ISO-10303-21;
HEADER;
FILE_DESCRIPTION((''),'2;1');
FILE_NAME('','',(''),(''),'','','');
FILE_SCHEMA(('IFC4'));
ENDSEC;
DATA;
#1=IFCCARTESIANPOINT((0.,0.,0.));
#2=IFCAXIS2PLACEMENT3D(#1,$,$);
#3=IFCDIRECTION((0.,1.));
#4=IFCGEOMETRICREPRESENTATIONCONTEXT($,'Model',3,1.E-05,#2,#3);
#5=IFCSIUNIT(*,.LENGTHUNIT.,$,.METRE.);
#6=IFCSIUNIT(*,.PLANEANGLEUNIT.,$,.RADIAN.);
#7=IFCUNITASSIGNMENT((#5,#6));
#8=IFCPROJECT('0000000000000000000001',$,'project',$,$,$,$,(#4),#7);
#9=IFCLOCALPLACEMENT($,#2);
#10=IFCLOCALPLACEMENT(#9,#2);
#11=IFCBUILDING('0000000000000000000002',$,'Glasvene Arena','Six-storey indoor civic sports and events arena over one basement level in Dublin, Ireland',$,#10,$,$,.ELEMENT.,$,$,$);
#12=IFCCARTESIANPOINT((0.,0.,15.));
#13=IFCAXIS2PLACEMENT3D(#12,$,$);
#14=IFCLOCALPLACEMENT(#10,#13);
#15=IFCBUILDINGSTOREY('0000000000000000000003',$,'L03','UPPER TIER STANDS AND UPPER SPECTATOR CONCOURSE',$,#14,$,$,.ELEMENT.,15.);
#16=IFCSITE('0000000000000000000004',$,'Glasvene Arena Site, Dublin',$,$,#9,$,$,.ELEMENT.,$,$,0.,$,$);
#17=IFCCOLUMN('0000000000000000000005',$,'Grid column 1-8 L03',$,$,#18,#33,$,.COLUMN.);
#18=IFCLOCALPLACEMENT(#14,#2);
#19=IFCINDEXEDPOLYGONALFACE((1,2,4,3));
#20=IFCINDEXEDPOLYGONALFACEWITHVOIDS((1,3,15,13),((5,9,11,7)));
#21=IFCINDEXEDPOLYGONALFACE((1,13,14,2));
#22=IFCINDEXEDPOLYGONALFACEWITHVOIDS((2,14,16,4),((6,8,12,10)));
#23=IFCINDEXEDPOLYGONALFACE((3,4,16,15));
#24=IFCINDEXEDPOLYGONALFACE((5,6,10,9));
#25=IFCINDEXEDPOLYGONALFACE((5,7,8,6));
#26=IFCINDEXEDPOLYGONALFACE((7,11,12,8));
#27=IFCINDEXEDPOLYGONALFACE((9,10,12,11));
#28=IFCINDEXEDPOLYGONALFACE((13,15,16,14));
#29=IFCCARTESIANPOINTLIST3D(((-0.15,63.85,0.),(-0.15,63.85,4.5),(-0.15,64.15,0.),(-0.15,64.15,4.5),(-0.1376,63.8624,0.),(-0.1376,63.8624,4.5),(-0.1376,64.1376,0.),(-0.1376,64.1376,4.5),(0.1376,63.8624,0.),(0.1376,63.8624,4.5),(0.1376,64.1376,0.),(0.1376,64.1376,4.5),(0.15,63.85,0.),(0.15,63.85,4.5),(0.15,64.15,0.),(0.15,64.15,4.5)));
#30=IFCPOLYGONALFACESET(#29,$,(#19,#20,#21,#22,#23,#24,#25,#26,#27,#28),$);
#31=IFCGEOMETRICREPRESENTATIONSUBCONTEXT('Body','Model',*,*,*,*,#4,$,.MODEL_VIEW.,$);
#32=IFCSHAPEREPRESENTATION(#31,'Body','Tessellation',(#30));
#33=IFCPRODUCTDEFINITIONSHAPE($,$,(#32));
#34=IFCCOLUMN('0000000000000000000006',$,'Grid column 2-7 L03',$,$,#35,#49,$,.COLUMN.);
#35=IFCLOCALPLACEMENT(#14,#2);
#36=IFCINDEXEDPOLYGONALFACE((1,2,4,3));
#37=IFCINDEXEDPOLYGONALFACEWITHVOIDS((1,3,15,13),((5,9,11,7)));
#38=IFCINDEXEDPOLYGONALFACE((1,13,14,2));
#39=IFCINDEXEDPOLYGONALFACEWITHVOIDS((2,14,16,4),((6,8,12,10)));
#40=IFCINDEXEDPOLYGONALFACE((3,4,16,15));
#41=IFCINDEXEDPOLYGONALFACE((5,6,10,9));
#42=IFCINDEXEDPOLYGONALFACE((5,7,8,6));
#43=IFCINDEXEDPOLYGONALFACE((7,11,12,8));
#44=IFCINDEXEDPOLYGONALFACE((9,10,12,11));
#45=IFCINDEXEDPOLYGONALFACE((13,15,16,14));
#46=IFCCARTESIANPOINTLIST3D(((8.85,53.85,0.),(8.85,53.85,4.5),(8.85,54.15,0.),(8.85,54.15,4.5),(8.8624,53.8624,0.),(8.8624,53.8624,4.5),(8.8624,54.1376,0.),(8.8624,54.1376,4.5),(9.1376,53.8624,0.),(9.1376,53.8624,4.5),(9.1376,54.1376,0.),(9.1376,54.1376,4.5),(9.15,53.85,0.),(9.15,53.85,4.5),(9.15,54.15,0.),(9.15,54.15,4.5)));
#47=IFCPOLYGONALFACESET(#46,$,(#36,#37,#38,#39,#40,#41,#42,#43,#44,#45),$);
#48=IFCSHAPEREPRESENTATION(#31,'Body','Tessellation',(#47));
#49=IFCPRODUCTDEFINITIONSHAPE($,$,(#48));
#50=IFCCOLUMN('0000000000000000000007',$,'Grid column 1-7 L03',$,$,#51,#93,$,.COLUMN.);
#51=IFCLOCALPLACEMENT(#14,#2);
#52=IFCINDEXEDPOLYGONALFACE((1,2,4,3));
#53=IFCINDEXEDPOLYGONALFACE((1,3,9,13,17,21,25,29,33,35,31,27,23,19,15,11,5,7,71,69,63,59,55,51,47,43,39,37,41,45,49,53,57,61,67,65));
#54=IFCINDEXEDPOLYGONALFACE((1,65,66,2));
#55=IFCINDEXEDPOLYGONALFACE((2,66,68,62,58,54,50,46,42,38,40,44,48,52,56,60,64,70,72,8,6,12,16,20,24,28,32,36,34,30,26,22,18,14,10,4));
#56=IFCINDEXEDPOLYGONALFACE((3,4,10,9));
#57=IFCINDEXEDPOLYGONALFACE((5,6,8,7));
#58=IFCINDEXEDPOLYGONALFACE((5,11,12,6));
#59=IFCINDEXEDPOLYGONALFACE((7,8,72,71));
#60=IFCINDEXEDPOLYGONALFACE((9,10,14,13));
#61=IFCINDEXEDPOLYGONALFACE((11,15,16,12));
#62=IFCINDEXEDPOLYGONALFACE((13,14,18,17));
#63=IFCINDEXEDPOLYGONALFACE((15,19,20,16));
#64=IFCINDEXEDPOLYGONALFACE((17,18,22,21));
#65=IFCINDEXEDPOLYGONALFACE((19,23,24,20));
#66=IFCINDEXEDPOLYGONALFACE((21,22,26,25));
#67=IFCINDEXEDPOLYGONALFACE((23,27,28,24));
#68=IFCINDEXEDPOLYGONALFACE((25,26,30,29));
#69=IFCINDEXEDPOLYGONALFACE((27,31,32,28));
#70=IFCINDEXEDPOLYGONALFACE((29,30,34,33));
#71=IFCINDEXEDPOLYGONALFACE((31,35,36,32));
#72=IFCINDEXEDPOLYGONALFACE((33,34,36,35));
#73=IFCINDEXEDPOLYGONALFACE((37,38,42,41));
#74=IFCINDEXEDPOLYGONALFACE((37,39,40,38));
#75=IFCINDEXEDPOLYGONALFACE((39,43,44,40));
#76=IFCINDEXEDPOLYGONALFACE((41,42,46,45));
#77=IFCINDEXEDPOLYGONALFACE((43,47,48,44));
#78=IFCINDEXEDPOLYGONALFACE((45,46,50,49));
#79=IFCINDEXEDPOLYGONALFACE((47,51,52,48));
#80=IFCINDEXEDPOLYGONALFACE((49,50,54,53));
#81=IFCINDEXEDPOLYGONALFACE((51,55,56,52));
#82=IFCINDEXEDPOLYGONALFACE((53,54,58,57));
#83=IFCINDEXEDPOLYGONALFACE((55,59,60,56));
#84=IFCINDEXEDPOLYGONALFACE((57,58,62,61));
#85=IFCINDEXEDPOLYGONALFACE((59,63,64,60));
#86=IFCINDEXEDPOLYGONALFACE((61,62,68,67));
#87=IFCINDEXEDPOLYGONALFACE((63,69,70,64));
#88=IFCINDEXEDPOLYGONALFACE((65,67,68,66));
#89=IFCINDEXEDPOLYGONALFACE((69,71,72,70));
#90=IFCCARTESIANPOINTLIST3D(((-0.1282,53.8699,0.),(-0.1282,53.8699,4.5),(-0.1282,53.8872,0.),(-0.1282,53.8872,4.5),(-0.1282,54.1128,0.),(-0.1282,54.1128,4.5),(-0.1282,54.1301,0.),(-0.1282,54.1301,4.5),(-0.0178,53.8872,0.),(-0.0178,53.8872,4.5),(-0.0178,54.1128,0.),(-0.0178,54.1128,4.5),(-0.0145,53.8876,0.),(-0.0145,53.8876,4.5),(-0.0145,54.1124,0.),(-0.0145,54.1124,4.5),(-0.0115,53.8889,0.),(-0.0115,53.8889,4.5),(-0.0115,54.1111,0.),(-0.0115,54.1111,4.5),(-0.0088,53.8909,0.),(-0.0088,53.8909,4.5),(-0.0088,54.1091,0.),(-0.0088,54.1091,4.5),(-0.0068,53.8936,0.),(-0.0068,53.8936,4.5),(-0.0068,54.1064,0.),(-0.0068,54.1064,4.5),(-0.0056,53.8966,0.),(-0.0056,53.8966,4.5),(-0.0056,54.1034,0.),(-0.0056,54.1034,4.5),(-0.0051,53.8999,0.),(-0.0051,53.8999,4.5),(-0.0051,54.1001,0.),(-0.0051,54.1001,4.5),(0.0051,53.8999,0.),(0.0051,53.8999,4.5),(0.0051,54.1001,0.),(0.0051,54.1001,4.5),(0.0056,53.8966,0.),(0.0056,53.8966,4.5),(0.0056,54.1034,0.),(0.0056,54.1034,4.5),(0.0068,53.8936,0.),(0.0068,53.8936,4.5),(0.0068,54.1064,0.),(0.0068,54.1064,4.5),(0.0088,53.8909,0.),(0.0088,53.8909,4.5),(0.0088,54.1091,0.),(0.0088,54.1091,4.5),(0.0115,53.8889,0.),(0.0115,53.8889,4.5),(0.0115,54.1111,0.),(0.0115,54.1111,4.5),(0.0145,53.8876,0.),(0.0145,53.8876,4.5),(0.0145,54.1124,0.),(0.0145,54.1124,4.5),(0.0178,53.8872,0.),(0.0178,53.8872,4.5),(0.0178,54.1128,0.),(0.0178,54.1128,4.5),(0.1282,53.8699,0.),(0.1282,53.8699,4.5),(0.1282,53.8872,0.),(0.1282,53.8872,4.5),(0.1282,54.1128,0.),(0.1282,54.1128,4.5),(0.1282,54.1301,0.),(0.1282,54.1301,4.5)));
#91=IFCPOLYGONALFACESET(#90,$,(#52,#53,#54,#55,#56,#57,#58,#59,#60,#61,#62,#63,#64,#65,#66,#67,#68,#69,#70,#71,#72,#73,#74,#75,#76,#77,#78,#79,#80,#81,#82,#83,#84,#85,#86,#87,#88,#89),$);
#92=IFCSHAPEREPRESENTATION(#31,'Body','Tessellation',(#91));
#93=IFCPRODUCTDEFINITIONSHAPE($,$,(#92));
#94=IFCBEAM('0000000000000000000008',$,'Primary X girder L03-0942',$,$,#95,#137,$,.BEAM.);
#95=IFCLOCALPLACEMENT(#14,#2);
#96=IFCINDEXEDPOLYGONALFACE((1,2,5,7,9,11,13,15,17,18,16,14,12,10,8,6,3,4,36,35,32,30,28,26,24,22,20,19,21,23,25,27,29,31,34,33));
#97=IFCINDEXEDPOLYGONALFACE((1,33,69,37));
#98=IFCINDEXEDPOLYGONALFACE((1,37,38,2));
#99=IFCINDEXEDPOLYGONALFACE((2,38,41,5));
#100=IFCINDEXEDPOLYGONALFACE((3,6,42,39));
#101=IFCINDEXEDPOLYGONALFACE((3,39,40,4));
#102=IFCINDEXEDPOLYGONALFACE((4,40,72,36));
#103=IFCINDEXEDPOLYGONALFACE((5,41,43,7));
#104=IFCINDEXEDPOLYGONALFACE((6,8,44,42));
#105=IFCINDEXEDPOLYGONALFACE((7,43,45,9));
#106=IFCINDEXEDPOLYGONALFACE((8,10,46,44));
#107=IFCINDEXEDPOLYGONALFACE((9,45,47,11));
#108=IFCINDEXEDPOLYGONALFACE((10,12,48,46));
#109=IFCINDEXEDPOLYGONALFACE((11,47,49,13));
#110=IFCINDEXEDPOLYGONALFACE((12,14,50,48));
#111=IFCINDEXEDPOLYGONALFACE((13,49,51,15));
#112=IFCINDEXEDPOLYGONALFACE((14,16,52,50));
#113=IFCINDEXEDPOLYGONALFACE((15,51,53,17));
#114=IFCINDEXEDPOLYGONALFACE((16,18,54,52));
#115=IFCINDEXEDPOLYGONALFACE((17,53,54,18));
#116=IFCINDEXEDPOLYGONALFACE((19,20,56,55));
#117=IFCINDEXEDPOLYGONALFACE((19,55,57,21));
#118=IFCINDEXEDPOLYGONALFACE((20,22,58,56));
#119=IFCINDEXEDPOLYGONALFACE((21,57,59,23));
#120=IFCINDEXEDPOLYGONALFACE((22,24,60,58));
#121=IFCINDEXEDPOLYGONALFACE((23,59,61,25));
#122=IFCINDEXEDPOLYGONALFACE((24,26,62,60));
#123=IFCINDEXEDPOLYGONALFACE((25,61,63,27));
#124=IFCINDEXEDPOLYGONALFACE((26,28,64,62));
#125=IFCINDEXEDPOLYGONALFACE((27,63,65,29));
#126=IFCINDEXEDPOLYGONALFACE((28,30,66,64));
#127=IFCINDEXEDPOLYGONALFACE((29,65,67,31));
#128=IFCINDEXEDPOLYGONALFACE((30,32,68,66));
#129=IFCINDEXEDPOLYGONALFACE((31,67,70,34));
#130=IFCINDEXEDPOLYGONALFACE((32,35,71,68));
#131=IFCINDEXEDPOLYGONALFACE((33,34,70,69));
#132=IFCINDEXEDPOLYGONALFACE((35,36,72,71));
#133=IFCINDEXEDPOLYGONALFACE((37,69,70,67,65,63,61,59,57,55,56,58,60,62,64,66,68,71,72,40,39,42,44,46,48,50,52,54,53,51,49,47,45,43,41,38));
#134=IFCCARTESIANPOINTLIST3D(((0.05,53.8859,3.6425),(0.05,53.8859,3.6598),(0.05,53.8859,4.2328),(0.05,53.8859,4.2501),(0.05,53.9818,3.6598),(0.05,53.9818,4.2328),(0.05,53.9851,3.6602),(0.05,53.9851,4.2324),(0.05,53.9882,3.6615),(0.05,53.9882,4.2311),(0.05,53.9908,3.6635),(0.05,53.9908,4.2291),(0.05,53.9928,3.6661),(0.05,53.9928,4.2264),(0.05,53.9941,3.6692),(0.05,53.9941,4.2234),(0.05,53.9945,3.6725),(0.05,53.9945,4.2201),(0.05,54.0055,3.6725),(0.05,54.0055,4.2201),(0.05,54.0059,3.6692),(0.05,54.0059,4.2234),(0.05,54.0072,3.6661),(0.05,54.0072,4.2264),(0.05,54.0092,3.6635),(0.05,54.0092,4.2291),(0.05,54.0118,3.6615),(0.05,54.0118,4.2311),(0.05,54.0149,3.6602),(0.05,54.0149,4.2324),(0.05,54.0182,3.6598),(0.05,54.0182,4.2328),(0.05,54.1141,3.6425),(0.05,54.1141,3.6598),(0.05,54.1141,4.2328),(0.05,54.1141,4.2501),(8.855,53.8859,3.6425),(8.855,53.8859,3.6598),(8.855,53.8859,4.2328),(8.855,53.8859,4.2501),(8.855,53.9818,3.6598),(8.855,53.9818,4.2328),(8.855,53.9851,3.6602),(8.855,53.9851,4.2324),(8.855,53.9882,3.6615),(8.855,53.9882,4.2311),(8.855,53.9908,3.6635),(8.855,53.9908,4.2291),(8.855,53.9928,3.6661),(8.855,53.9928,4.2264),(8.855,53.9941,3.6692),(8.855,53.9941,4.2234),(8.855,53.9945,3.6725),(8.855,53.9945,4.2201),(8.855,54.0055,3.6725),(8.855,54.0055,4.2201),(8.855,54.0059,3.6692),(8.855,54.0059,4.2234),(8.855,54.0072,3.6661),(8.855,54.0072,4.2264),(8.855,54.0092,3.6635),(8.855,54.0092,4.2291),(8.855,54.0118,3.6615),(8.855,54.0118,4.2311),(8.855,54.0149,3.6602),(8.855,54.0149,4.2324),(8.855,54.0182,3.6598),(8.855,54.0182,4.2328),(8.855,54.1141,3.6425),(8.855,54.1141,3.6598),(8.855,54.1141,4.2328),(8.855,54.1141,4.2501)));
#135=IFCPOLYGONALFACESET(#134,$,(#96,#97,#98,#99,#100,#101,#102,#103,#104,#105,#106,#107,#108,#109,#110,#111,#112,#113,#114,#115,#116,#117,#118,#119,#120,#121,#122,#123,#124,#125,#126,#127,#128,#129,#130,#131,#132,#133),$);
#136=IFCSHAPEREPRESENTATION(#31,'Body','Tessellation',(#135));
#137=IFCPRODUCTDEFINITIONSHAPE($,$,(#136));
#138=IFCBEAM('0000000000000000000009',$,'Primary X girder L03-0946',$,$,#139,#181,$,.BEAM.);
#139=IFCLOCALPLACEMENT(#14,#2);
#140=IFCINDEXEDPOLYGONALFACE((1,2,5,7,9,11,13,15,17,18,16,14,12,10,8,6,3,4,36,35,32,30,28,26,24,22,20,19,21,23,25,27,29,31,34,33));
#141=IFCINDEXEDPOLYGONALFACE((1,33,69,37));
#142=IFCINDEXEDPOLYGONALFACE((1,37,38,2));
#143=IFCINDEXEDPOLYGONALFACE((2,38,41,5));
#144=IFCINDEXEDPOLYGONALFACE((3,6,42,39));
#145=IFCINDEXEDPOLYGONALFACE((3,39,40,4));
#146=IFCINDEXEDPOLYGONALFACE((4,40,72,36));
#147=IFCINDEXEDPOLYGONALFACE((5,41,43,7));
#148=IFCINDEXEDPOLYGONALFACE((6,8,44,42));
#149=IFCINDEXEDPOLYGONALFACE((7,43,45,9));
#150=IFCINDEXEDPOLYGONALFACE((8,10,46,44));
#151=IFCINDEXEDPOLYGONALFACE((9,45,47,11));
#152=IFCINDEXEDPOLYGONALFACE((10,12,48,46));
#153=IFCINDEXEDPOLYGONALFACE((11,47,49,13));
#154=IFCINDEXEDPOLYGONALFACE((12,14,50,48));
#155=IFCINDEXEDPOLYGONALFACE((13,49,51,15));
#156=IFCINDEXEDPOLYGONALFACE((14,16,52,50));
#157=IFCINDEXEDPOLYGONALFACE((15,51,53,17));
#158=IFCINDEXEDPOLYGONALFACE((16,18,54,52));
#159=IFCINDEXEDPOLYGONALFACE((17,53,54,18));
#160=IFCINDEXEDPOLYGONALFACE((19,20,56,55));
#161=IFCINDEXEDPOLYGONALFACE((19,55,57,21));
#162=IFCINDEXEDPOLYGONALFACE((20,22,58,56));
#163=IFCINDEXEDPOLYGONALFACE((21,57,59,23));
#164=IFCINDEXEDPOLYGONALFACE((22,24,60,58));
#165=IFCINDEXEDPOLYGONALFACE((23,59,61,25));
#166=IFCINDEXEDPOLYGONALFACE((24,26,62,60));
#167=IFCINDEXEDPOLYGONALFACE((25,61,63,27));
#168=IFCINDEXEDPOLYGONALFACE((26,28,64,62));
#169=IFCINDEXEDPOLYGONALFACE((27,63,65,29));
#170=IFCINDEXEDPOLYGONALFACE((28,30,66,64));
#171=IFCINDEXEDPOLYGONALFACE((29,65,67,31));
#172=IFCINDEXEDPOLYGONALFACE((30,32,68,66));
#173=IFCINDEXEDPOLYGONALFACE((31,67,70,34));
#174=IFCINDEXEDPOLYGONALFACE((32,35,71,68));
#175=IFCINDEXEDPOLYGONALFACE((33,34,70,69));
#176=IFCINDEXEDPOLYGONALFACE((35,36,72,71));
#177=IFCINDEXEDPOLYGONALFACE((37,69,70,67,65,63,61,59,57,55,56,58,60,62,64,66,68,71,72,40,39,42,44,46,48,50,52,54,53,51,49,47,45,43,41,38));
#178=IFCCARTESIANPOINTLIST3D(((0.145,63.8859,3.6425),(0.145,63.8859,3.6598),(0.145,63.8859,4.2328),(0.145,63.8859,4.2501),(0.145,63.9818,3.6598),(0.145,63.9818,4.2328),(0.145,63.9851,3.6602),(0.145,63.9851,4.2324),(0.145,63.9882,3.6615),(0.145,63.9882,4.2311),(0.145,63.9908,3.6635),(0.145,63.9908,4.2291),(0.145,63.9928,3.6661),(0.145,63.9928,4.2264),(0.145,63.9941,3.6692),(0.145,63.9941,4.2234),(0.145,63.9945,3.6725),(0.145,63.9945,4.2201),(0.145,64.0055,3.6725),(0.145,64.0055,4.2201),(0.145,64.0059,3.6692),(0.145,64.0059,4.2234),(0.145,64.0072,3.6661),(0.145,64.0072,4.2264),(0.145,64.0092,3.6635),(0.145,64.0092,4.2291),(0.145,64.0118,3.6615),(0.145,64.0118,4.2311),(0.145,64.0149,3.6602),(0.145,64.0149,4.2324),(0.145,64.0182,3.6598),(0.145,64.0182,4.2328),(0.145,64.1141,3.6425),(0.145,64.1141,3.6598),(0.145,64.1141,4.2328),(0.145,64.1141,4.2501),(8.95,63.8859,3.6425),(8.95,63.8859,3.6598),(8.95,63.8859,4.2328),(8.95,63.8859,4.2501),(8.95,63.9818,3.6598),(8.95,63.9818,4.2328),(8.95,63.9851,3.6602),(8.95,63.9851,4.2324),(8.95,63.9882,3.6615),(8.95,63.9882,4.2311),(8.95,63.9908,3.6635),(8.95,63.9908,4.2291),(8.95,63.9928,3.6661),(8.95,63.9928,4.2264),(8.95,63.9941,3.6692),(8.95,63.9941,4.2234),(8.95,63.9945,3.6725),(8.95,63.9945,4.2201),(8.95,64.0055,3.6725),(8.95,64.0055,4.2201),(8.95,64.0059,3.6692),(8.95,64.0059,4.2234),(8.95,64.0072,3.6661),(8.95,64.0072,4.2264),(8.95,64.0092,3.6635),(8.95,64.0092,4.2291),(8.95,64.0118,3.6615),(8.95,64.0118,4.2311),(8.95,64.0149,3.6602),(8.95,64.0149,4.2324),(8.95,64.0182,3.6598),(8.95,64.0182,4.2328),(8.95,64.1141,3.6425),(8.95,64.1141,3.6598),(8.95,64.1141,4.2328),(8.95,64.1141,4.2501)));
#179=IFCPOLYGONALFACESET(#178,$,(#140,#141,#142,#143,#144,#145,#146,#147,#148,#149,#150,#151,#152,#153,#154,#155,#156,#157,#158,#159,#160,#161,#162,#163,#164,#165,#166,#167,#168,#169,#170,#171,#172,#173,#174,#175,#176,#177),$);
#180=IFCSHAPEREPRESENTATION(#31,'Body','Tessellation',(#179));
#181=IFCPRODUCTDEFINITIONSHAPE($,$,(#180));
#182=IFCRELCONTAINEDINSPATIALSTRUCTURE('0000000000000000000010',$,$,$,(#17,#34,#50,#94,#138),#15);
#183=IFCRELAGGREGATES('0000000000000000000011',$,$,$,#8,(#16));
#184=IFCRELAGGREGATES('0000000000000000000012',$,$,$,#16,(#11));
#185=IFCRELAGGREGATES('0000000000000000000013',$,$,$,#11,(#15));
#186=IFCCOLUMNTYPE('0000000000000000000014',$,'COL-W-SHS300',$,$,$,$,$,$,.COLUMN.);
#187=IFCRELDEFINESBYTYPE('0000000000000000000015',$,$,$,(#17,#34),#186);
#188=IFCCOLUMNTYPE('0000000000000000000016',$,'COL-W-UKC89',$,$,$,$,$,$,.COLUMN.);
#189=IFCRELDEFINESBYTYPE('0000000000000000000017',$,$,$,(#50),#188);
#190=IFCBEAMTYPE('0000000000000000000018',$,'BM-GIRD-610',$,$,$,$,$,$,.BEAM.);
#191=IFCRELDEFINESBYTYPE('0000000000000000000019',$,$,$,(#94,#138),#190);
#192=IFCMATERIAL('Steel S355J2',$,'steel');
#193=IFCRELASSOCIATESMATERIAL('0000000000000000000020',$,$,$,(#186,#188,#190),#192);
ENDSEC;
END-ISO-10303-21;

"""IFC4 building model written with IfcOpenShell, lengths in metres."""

from ifc_helpers import new_model, si_unit, direction, frame, origin, origin_2d, place, context, subcontext, project, spatial, hollow_rectangle, i_section, extrude, material, material_profile, profile_set, type_object, element, save


model = new_model("IFC4")

# Units and contexts
model_context = context("Model", 3, precision=1e-05, world=origin(), true_north=direction((0.0, 1.0)))
body_context = subcontext(model_context, "Body", "Model", "MODEL_VIEW")
ifc_project = project(units=[si_unit("LENGTHUNIT", "METRE"), si_unit("PLANEANGLEUNIT", "RADIAN")], contexts=[model_context])

# Site, building, storey
site_placement = place(None, origin())
site = spatial("IfcSite", under=ifc_project, at=site_placement, Name="Glasvene Arena Site, Dublin", CompositionType="ELEMENT", RefElevation=0.0)
building_placement = place(site_placement, origin())
building = spatial("IfcBuilding", under=site, at=building_placement, Name="Glasvene Arena", Description="Six-storey indoor civic sports and events arena over one basement level in Dublin, Ireland", CompositionType="ELEMENT")
storey_placement = place(building_placement, frame((0.0, 0.0, 15.0)))
storey = spatial("IfcBuildingStorey", under=building, at=storey_placement, Name="L03", Description="UPPER TIER STANDS AND UPPER SPECTATOR CONCOURSE", CompositionType="ELEMENT", Elevation=15.0)

# Columns
ifc_material_1 = material(Name="Steel S355J2", Category="steel")
ifc_material_profile_1 = material_profile(ifc_material_1, hollow_rectangle(XDim=0.3, YDim=0.3, WallThickness=0.0125, at=origin_2d()), Name="SHS 300x300x12.5")
ifc_profile_set_1 = profile_set([ifc_material_profile_1], Name="Steel S355J2")
column_type_1 = type_object("IfcColumnType", Name="COL-W-SHS300", PredefinedType="COLUMN", material=ifc_profile_set_1)
for number, where, z_axis, x_axis, name in (
    (1, (0.0, 64.0, 0.0), (0.0, 0.0, 1.0), (1.0, 0.0, 0.0), "Grid column 1-8 L03"),
    (2, (9.0, 54.0, 0.0), (0.0, 0.0, 1.0), (1.0, 0.0, 0.0), "Grid column 2-7 L03"),
):
    element("IfcColumn", number, at=place(storey_placement, frame(where, z_axis=z_axis, x_axis=x_axis)), inside=storey, type_object=column_type_1, Name=name, PredefinedType="COLUMN", context=body_context, shape_type="SweptSolid", body=[
        extrude(hollow_rectangle(XDim=0.3, YDim=0.3, WallThickness=0.0125, at=origin_2d()), origin(), (0.0, 0.0, 1.0), 4.5),
    ])
ifc_material_profile_2 = material_profile(ifc_material_1, i_section(OverallWidth=0.2563, OverallDepth=0.2603, WebThickness=0.0103, FlangeThickness=0.0173, FilletRadius=0.0127, at=origin_2d()), Name="UKC 254x254x89")
ifc_profile_set_2 = profile_set([ifc_material_profile_2], Name="Steel S355J2")
column_type_2 = type_object("IfcColumnType", Name="COL-W-UKC89", PredefinedType="COLUMN", material=ifc_profile_set_2)
column_placement = place(storey_placement, frame((0.0, 54.0, 0.0), z_axis=(0.0, 0.0, 1.0), x_axis=(1.0, 0.0, 0.0)))
element("IfcColumn", 3, at=column_placement, inside=storey, type_object=column_type_2, Name="Grid column 1-7 L03", PredefinedType="COLUMN", context=body_context, shape_type="SweptSolid", body=[
    extrude(i_section(OverallWidth=0.2563, OverallDepth=0.2603, WebThickness=0.0103, FlangeThickness=0.0173, FilletRadius=0.0127, at=origin_2d()), origin(), (0.0, 0.0, 1.0), 4.5),
])

# Beams
ifc_material_profile_3 = material_profile(ifc_material_1, i_section(OverallWidth=0.2283, OverallDepth=0.6077, WebThickness=0.011, FlangeThickness=0.0173, FilletRadius=0.0127, at=origin_2d()), Name="UKB 610x229x113")
ifc_profile_set_3 = profile_set([ifc_material_profile_3], Name="Steel S355J2")
beam_type_1 = type_object("IfcBeamType", Name="BM-GIRD-610", PredefinedType="BEAM", material=ifc_profile_set_3)
for number, where, z_axis, x_axis, name in (
    (4, (0.05, 54.0, 3.9463), (1.0, 0.0, 0.0), (0.0, 1.0, 0.0), "Primary X girder L03-0942"),
    (5, (0.145, 64.0, 3.9463), (1.0, 0.0, 0.0), (0.0, 1.0, 0.0), "Primary X girder L03-0946"),
):
    element("IfcBeam", number, at=place(storey_placement, frame(where, z_axis=z_axis, x_axis=x_axis)), inside=storey, type_object=beam_type_1, Name=name, PredefinedType="BEAM", context=body_context, shape_type="SweptSolid", body=[
        extrude(i_section(OverallWidth=0.2283, OverallDepth=0.6077, WebThickness=0.011, FlangeThickness=0.0173, FilletRadius=0.0127, at=origin_2d()), origin(), (0.0, 0.0, 1.0), 8.8049),
    ])

save(model, "model.ifc")
